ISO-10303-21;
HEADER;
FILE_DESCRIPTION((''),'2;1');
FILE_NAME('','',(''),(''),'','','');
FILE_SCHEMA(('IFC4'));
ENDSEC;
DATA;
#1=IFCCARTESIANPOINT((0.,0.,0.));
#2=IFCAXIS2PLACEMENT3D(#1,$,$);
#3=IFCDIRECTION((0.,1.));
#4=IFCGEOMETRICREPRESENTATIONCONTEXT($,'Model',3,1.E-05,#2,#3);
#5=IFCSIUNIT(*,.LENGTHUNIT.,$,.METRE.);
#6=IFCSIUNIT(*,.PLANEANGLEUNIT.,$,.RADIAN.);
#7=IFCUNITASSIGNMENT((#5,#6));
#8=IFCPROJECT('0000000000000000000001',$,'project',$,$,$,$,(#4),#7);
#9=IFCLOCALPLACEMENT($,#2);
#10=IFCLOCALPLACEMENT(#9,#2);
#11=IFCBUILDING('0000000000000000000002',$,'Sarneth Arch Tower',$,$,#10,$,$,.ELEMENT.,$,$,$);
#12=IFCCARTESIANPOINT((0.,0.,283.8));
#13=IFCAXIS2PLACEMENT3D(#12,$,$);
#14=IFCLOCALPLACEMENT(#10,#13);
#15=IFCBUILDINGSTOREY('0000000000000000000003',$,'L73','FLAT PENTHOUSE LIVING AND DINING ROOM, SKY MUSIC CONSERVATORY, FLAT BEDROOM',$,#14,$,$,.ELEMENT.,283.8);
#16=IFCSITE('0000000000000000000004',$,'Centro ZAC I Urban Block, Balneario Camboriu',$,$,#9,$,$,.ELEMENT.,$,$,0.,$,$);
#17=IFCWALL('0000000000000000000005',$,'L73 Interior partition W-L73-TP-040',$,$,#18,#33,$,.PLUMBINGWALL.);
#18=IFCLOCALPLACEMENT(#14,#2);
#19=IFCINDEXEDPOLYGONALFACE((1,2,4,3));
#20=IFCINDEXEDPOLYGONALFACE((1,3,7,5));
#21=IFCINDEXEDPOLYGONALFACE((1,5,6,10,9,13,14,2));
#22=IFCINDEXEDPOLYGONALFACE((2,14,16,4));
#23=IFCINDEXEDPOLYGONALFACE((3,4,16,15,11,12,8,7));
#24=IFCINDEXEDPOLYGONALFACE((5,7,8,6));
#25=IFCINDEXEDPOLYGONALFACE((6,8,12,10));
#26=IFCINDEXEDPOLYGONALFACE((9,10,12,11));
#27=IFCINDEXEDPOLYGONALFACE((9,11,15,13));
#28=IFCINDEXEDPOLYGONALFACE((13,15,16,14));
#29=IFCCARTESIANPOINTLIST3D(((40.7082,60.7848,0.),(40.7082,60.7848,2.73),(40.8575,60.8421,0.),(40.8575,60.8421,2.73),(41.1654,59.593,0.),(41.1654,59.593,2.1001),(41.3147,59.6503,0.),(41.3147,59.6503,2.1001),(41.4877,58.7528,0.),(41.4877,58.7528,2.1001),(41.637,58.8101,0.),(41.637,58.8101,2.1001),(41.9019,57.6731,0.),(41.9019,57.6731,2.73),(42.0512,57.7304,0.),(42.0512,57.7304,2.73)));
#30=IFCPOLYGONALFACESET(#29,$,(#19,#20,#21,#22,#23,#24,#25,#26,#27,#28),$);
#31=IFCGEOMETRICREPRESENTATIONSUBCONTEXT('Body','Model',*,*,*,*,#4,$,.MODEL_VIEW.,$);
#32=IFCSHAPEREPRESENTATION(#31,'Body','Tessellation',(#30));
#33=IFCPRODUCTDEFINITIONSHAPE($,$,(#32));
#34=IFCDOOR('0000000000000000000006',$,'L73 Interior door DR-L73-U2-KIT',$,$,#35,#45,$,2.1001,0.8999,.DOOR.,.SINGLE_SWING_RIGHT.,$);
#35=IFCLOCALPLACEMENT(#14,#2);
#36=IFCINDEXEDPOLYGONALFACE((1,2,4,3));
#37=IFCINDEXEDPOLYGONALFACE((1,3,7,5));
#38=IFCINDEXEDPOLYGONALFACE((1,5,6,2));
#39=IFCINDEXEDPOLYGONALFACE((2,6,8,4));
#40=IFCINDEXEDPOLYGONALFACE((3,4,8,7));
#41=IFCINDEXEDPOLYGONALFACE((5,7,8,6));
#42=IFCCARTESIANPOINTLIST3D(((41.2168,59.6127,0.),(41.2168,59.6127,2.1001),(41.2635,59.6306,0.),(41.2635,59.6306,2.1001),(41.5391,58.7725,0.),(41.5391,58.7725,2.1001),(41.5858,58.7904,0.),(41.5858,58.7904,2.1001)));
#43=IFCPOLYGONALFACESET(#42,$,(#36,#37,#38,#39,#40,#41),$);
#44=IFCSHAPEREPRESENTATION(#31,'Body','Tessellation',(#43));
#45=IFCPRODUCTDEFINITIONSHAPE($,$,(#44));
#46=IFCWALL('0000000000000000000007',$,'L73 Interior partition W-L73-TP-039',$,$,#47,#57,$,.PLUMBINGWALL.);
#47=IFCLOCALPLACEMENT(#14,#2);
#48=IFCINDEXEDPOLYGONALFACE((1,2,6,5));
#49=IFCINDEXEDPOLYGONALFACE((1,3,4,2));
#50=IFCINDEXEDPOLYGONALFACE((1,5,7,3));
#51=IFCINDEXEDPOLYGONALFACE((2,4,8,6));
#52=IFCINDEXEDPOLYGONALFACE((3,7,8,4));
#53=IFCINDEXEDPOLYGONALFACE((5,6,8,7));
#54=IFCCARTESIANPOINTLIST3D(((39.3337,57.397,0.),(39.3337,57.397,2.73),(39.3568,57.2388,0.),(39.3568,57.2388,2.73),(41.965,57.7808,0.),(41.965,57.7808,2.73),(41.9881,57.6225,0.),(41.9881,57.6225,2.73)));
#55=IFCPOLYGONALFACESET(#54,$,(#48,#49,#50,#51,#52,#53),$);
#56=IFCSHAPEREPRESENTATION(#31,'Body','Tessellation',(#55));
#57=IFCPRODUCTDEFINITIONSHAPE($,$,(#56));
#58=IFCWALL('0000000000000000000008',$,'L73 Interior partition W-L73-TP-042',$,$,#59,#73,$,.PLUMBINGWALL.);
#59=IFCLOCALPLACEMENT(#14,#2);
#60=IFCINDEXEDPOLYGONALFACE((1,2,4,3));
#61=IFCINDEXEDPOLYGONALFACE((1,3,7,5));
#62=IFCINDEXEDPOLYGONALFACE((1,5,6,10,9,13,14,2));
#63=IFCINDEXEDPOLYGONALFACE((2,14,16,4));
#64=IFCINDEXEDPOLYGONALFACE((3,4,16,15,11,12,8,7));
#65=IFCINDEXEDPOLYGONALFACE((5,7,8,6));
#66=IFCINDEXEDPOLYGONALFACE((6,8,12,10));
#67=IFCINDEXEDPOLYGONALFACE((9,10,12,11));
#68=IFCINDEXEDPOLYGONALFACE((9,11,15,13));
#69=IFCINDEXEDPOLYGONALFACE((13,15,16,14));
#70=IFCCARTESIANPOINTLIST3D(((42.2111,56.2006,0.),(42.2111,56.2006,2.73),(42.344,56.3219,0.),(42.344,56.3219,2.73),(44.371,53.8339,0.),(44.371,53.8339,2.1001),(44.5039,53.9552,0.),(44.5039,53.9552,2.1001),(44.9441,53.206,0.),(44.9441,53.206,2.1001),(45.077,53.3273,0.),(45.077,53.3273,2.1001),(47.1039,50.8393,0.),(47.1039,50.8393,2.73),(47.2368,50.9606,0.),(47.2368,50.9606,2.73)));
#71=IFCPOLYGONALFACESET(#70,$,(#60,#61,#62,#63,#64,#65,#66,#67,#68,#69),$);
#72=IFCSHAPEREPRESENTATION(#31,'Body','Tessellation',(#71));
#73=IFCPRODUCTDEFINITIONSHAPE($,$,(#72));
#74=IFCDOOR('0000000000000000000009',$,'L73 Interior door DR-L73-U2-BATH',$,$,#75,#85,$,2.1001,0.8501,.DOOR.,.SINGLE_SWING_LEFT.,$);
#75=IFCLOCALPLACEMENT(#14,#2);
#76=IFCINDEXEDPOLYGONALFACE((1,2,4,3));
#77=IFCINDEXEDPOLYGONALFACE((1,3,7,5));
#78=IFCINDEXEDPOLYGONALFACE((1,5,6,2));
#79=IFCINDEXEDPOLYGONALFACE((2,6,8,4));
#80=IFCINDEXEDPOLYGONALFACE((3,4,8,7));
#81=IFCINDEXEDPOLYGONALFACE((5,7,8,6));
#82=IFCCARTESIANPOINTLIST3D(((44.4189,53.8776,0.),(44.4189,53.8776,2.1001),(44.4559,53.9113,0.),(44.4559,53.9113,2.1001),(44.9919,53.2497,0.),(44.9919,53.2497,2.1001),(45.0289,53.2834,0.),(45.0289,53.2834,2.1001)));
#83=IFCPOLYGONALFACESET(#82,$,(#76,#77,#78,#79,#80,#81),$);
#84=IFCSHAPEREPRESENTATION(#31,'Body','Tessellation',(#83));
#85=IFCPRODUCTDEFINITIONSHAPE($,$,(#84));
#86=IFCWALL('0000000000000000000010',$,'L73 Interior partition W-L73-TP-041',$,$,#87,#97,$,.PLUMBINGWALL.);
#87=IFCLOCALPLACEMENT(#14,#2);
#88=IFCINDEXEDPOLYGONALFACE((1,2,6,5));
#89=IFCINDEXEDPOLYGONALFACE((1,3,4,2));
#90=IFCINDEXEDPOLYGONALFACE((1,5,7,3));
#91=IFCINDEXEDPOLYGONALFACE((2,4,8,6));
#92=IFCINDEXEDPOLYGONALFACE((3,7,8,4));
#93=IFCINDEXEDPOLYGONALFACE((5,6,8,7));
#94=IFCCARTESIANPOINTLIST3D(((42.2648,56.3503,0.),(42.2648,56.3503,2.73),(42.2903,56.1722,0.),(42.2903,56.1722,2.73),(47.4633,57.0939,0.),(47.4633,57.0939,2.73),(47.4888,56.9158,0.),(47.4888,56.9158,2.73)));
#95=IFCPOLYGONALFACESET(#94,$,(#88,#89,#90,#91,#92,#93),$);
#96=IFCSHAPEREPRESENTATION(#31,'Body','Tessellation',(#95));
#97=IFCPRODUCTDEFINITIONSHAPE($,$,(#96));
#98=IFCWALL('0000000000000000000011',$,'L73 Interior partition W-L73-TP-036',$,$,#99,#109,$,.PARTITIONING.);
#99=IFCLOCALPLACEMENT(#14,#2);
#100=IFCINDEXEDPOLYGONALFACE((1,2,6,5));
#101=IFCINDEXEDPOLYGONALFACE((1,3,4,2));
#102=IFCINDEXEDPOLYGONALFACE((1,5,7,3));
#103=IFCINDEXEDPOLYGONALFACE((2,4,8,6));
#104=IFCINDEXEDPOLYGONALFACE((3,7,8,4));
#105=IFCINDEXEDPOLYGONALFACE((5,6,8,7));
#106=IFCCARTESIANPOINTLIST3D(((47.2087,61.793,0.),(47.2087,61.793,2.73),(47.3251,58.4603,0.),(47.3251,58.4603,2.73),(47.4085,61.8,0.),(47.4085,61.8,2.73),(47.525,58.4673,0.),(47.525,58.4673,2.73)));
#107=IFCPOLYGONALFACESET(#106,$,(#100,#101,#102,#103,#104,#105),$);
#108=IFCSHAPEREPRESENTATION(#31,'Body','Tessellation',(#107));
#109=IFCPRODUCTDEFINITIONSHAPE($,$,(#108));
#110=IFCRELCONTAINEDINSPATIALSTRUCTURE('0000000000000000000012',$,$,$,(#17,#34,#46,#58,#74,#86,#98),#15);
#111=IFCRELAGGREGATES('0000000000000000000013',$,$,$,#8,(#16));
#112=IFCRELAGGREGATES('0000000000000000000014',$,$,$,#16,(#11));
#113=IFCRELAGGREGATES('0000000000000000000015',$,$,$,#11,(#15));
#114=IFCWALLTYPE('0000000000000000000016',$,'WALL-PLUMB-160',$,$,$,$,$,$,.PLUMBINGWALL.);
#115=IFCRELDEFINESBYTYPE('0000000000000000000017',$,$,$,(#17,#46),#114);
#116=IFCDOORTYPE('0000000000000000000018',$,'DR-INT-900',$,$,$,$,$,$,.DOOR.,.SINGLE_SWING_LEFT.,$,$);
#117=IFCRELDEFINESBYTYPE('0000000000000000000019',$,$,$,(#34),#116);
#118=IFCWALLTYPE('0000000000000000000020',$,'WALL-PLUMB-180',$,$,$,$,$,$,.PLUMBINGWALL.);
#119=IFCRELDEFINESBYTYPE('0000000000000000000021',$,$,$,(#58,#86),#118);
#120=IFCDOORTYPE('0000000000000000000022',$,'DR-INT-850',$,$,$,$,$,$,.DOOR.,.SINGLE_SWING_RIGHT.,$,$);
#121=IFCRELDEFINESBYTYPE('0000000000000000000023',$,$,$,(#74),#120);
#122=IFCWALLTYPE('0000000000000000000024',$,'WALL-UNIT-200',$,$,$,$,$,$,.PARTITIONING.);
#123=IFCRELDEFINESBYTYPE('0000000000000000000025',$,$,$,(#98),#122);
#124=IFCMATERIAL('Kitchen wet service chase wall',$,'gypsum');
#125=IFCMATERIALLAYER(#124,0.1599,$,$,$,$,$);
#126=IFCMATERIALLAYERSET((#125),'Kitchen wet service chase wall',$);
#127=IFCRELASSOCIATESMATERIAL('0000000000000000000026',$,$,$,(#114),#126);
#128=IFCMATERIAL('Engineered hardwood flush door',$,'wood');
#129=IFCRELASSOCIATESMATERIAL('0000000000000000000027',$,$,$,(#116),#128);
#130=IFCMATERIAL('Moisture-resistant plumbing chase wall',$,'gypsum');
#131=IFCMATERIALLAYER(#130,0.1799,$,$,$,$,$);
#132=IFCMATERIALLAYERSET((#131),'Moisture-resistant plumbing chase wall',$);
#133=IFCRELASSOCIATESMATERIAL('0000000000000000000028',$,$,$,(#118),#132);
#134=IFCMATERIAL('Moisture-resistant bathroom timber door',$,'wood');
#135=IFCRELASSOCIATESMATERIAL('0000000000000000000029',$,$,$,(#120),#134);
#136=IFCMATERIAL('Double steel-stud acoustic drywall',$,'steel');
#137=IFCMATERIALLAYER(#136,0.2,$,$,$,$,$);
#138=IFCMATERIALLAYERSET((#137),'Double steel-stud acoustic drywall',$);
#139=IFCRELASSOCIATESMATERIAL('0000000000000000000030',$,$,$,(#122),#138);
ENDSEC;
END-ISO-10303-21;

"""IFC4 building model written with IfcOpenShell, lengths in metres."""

from ifc_helpers import new_model, si_unit, direction, frame, frame_2d, origin, place, context, subcontext, project, spatial, rectangle, extrude, material, layer, layer_set, type_object, element, fill, save


model = new_model("IFC4")

# Units and contexts
model_context = context("Model", 3, precision=1e-05, world=origin(), true_north=direction((0.0, 1.0)))
body_context = subcontext(model_context, "Body", "Model", "MODEL_VIEW")
ifc_project = project(units=[si_unit("LENGTHUNIT", "METRE"), si_unit("PLANEANGLEUNIT", "RADIAN")], contexts=[model_context])

# Site, building, storey
site_placement = place(None, origin())
site = spatial("IfcSite", under=ifc_project, at=site_placement, Name="Centro ZAC I Urban Block, Balneario Camboriu", CompositionType="ELEMENT", RefElevation=0.0)
building_placement = place(site_placement, origin())
building = spatial("IfcBuilding", under=site, at=building_placement, Name="Sarneth Arch Tower", CompositionType="ELEMENT")
storey_placement = place(building_placement, frame((0.0, 0.0, 283.8)))
storey = spatial("IfcBuildingStorey", under=building, at=storey_placement, Name="L73", Description="FLAT PENTHOUSE LIVING AND DINING ROOM, SKY MUSIC CONSERVATORY, FLAT BEDROOM", CompositionType="ELEMENT", Elevation=283.8)

# Shared definitions
ifc_material_1 = material(Name="Kitchen wet service chase wall", Category="gypsum")
ifc_layer_1 = layer(ifc_material_1, 0.1599)
ifc_layer_set_1 = layer_set([ifc_layer_1], Name="Kitchen wet service chase wall")
wall_type_1 = type_object("IfcWallType", Name="WALL-PLUMB-160", PredefinedType="PLUMBINGWALL", material=ifc_layer_set_1)

# Wall, opening, door
wall_1_placement = place(storey_placement, frame((41.9766, 57.7017, 0.0), z_axis=(0.0, 0.0, 1.0), x_axis=(-0.358154, 0.933662, 0.0)))
wall_1 = element("IfcWall", 1, at=wall_1_placement, inside=storey, type_object=wall_type_1, Name="L73 Interior partition W-L73-TP-040", PredefinedType="PLUMBINGWALL", context=body_context, shape_type="SweptSolid", body=[
    extrude(rectangle(XDim=3.3328, YDim=0.1599, at=frame_2d((1.6665, 0.0))), origin(), (0.0, 0.0, 1.0), 2.73),
])
opening_1_placement = place(wall_1_placement, frame((1.1565, 0.0, 0.0)))
opening_1 = element("IfcOpeningElement", 2, at=opening_1_placement, cuts=wall_1, PredefinedType="OPENING", context=body_context, shape_type="SweptSolid", body=[
    extrude(rectangle(XDim=0.8999, YDim=2.1001, at=frame_2d((0.45, 1.05))), frame((0.0, 0.0898, 0.0), z_axis=(0.0, -1.0, 0.0), x_axis=(1.0, 0.0, 0.0)), (0.0, 0.0, 1.0), 0.1799),
])
ifc_material_2 = material(Name="Engineered hardwood flush door", Category="wood")
door_type_1 = type_object("IfcDoorType", Name="DR-INT-900", OperationType="SINGLE_SWING_LEFT", PredefinedType="DOOR", material=ifc_material_2)
door_1_placement = place(opening_1_placement, origin())
door_1 = element("IfcDoor", 3, at=door_1_placement, inside=storey, type_object=door_type_1, Name="L73 Interior door DR-L73-U2-KIT", OperationType="SINGLE_SWING_RIGHT", OverallHeight=2.1001, OverallWidth=0.8999, PredefinedType="DOOR", context=body_context, shape_type="SweptSolid", body=[
    extrude(rectangle(XDim=0.8999, YDim=2.1001, at=frame_2d((0.45, 1.05))), frame((0.0, 0.0249, 0.0), z_axis=(0.0, -1.0, 0.0), x_axis=(1.0, 0.0, 0.0)), (0.0, 0.0, 1.0), 0.05),
])
fill(opening_1, door_1)

# Wall
wall_2_placement = place(storey_placement, frame((39.3452, 57.3179, 0.0), z_axis=(0.0, 0.0, 1.0), x_axis=(0.98953, 0.144326, 0.0)))
element("IfcWall", 4, at=wall_2_placement, inside=storey, type_object=wall_type_1, Name="L73 Interior partition W-L73-TP-039", PredefinedType="PLUMBINGWALL", context=body_context, shape_type="SweptSolid", body=[
    extrude(rectangle(XDim=2.6592, YDim=0.1599, at=frame_2d((1.3296, 0.0))), origin(), (0.0, 0.0, 1.0), 2.73),
])

# Wall, opening, door
ifc_material_3 = material(Name="Moisture-resistant plumbing chase wall", Category="gypsum")
ifc_layer_2 = layer(ifc_material_3, 0.1799)
ifc_layer_set_2 = layer_set([ifc_layer_2], Name="Moisture-resistant plumbing chase wall")
wall_type_2 = type_object("IfcWallType", Name="WALL-PLUMB-180", PredefinedType="PLUMBINGWALL", material=ifc_layer_set_2)
wall_3_placement = place(storey_placement, frame((42.2776, 56.2612, 0.0), z_axis=(0.0, 0.0, 1.0), x_axis=(0.674096, -0.738643, 0.0)))
wall_3 = element("IfcWall", 5, at=wall_3_placement, inside=storey, type_object=wall_type_2, Name="L73 Interior partition W-L73-TP-042", PredefinedType="PLUMBINGWALL", context=body_context, shape_type="SweptSolid", body=[
    extrude(rectangle(XDim=7.2583, YDim=0.1799, at=frame_2d((3.6292, 0.0))), origin(), (0.0, 0.0, 1.0), 2.73),
])
opening_2_placement = place(wall_3_placement, frame((3.2041, 0.0, 0.0)))
opening_2 = element("IfcOpeningElement", 6, at=opening_2_placement, cuts=wall_3, PredefinedType="OPENING", context=body_context, shape_type="SweptSolid", body=[
    extrude(rectangle(XDim=0.8501, YDim=2.1001, at=frame_2d((0.425, 1.05))), frame((0.0, 0.0999, 0.0), z_axis=(0.0, -1.0, 0.0), x_axis=(1.0, 0.0, 0.0)), (0.0, 0.0, 1.0), 0.2),
])
ifc_material_4 = material(Name="Moisture-resistant bathroom timber door", Category="wood")
door_type_2 = type_object("IfcDoorType", Name="DR-INT-850", OperationType="SINGLE_SWING_RIGHT", PredefinedType="DOOR", material=ifc_material_4)
door_2_placement = place(opening_2_placement, origin())
door_2 = element("IfcDoor", 7, at=door_2_placement, inside=storey, type_object=door_type_2, Name="L73 Interior door DR-L73-U2-BATH", OperationType="SINGLE_SWING_LEFT", OverallHeight=2.1001, OverallWidth=0.8501, PredefinedType="DOOR", context=body_context, shape_type="SweptSolid", body=[
    extrude(rectangle(XDim=0.8501, YDim=2.1001, at=frame_2d((0.425, 1.05))), frame((0.0, 0.0249, 0.0), z_axis=(0.0, -1.0, 0.0), x_axis=(1.0, 0.0, 0.0)), (0.0, 0.0, 1.0), 0.05),
])
fill(opening_2, door_2)

# Walls
wall_4_placement = place(storey_placement, frame((47.4761, 57.0049, 0.0), z_axis=(0.0, 0.0, 1.0), x_axis=(-0.989923, -0.14161, 0.0)))
element("IfcWall", 8, at=wall_4_placement, inside=storey, type_object=wall_type_2, Name="L73 Interior partition W-L73-TP-041", PredefinedType="PLUMBINGWALL", context=body_context, shape_type="SweptSolid", body=[
    extrude(rectangle(XDim=5.2515, YDim=0.1799, at=frame_2d((2.6257, 0.0))), origin(), (0.0, 0.0, 1.0), 2.73),
])
ifc_material_5 = material(Name="Double steel-stud acoustic drywall", Category="steel")
ifc_layer_3 = layer(ifc_material_5, 0.2)
ifc_layer_set_3 = layer_set([ifc_layer_3], Name="Double steel-stud acoustic drywall")
wall_type_3 = type_object("IfcWallType", Name="WALL-UNIT-200", PredefinedType="PARTITIONING", material=ifc_layer_set_3)
wall_5_placement = place(storey_placement, frame((47.3086, 61.7966, 0.0), z_axis=(0.0, 0.0, 1.0), x_axis=(0.034921, -0.99939, 0.0)))
element("IfcWall", 9, at=wall_5_placement, inside=storey, type_object=wall_type_3, Name="L73 Interior partition W-L73-TP-036", PredefinedType="PARTITIONING", context=body_context, shape_type="SweptSolid", body=[
    extrude(rectangle(XDim=3.3347, YDim=0.2, at=frame_2d((1.6675, 0.0))), origin(), (0.0, 0.0, 1.0), 2.73),
])

save(model, "model.ifc")
